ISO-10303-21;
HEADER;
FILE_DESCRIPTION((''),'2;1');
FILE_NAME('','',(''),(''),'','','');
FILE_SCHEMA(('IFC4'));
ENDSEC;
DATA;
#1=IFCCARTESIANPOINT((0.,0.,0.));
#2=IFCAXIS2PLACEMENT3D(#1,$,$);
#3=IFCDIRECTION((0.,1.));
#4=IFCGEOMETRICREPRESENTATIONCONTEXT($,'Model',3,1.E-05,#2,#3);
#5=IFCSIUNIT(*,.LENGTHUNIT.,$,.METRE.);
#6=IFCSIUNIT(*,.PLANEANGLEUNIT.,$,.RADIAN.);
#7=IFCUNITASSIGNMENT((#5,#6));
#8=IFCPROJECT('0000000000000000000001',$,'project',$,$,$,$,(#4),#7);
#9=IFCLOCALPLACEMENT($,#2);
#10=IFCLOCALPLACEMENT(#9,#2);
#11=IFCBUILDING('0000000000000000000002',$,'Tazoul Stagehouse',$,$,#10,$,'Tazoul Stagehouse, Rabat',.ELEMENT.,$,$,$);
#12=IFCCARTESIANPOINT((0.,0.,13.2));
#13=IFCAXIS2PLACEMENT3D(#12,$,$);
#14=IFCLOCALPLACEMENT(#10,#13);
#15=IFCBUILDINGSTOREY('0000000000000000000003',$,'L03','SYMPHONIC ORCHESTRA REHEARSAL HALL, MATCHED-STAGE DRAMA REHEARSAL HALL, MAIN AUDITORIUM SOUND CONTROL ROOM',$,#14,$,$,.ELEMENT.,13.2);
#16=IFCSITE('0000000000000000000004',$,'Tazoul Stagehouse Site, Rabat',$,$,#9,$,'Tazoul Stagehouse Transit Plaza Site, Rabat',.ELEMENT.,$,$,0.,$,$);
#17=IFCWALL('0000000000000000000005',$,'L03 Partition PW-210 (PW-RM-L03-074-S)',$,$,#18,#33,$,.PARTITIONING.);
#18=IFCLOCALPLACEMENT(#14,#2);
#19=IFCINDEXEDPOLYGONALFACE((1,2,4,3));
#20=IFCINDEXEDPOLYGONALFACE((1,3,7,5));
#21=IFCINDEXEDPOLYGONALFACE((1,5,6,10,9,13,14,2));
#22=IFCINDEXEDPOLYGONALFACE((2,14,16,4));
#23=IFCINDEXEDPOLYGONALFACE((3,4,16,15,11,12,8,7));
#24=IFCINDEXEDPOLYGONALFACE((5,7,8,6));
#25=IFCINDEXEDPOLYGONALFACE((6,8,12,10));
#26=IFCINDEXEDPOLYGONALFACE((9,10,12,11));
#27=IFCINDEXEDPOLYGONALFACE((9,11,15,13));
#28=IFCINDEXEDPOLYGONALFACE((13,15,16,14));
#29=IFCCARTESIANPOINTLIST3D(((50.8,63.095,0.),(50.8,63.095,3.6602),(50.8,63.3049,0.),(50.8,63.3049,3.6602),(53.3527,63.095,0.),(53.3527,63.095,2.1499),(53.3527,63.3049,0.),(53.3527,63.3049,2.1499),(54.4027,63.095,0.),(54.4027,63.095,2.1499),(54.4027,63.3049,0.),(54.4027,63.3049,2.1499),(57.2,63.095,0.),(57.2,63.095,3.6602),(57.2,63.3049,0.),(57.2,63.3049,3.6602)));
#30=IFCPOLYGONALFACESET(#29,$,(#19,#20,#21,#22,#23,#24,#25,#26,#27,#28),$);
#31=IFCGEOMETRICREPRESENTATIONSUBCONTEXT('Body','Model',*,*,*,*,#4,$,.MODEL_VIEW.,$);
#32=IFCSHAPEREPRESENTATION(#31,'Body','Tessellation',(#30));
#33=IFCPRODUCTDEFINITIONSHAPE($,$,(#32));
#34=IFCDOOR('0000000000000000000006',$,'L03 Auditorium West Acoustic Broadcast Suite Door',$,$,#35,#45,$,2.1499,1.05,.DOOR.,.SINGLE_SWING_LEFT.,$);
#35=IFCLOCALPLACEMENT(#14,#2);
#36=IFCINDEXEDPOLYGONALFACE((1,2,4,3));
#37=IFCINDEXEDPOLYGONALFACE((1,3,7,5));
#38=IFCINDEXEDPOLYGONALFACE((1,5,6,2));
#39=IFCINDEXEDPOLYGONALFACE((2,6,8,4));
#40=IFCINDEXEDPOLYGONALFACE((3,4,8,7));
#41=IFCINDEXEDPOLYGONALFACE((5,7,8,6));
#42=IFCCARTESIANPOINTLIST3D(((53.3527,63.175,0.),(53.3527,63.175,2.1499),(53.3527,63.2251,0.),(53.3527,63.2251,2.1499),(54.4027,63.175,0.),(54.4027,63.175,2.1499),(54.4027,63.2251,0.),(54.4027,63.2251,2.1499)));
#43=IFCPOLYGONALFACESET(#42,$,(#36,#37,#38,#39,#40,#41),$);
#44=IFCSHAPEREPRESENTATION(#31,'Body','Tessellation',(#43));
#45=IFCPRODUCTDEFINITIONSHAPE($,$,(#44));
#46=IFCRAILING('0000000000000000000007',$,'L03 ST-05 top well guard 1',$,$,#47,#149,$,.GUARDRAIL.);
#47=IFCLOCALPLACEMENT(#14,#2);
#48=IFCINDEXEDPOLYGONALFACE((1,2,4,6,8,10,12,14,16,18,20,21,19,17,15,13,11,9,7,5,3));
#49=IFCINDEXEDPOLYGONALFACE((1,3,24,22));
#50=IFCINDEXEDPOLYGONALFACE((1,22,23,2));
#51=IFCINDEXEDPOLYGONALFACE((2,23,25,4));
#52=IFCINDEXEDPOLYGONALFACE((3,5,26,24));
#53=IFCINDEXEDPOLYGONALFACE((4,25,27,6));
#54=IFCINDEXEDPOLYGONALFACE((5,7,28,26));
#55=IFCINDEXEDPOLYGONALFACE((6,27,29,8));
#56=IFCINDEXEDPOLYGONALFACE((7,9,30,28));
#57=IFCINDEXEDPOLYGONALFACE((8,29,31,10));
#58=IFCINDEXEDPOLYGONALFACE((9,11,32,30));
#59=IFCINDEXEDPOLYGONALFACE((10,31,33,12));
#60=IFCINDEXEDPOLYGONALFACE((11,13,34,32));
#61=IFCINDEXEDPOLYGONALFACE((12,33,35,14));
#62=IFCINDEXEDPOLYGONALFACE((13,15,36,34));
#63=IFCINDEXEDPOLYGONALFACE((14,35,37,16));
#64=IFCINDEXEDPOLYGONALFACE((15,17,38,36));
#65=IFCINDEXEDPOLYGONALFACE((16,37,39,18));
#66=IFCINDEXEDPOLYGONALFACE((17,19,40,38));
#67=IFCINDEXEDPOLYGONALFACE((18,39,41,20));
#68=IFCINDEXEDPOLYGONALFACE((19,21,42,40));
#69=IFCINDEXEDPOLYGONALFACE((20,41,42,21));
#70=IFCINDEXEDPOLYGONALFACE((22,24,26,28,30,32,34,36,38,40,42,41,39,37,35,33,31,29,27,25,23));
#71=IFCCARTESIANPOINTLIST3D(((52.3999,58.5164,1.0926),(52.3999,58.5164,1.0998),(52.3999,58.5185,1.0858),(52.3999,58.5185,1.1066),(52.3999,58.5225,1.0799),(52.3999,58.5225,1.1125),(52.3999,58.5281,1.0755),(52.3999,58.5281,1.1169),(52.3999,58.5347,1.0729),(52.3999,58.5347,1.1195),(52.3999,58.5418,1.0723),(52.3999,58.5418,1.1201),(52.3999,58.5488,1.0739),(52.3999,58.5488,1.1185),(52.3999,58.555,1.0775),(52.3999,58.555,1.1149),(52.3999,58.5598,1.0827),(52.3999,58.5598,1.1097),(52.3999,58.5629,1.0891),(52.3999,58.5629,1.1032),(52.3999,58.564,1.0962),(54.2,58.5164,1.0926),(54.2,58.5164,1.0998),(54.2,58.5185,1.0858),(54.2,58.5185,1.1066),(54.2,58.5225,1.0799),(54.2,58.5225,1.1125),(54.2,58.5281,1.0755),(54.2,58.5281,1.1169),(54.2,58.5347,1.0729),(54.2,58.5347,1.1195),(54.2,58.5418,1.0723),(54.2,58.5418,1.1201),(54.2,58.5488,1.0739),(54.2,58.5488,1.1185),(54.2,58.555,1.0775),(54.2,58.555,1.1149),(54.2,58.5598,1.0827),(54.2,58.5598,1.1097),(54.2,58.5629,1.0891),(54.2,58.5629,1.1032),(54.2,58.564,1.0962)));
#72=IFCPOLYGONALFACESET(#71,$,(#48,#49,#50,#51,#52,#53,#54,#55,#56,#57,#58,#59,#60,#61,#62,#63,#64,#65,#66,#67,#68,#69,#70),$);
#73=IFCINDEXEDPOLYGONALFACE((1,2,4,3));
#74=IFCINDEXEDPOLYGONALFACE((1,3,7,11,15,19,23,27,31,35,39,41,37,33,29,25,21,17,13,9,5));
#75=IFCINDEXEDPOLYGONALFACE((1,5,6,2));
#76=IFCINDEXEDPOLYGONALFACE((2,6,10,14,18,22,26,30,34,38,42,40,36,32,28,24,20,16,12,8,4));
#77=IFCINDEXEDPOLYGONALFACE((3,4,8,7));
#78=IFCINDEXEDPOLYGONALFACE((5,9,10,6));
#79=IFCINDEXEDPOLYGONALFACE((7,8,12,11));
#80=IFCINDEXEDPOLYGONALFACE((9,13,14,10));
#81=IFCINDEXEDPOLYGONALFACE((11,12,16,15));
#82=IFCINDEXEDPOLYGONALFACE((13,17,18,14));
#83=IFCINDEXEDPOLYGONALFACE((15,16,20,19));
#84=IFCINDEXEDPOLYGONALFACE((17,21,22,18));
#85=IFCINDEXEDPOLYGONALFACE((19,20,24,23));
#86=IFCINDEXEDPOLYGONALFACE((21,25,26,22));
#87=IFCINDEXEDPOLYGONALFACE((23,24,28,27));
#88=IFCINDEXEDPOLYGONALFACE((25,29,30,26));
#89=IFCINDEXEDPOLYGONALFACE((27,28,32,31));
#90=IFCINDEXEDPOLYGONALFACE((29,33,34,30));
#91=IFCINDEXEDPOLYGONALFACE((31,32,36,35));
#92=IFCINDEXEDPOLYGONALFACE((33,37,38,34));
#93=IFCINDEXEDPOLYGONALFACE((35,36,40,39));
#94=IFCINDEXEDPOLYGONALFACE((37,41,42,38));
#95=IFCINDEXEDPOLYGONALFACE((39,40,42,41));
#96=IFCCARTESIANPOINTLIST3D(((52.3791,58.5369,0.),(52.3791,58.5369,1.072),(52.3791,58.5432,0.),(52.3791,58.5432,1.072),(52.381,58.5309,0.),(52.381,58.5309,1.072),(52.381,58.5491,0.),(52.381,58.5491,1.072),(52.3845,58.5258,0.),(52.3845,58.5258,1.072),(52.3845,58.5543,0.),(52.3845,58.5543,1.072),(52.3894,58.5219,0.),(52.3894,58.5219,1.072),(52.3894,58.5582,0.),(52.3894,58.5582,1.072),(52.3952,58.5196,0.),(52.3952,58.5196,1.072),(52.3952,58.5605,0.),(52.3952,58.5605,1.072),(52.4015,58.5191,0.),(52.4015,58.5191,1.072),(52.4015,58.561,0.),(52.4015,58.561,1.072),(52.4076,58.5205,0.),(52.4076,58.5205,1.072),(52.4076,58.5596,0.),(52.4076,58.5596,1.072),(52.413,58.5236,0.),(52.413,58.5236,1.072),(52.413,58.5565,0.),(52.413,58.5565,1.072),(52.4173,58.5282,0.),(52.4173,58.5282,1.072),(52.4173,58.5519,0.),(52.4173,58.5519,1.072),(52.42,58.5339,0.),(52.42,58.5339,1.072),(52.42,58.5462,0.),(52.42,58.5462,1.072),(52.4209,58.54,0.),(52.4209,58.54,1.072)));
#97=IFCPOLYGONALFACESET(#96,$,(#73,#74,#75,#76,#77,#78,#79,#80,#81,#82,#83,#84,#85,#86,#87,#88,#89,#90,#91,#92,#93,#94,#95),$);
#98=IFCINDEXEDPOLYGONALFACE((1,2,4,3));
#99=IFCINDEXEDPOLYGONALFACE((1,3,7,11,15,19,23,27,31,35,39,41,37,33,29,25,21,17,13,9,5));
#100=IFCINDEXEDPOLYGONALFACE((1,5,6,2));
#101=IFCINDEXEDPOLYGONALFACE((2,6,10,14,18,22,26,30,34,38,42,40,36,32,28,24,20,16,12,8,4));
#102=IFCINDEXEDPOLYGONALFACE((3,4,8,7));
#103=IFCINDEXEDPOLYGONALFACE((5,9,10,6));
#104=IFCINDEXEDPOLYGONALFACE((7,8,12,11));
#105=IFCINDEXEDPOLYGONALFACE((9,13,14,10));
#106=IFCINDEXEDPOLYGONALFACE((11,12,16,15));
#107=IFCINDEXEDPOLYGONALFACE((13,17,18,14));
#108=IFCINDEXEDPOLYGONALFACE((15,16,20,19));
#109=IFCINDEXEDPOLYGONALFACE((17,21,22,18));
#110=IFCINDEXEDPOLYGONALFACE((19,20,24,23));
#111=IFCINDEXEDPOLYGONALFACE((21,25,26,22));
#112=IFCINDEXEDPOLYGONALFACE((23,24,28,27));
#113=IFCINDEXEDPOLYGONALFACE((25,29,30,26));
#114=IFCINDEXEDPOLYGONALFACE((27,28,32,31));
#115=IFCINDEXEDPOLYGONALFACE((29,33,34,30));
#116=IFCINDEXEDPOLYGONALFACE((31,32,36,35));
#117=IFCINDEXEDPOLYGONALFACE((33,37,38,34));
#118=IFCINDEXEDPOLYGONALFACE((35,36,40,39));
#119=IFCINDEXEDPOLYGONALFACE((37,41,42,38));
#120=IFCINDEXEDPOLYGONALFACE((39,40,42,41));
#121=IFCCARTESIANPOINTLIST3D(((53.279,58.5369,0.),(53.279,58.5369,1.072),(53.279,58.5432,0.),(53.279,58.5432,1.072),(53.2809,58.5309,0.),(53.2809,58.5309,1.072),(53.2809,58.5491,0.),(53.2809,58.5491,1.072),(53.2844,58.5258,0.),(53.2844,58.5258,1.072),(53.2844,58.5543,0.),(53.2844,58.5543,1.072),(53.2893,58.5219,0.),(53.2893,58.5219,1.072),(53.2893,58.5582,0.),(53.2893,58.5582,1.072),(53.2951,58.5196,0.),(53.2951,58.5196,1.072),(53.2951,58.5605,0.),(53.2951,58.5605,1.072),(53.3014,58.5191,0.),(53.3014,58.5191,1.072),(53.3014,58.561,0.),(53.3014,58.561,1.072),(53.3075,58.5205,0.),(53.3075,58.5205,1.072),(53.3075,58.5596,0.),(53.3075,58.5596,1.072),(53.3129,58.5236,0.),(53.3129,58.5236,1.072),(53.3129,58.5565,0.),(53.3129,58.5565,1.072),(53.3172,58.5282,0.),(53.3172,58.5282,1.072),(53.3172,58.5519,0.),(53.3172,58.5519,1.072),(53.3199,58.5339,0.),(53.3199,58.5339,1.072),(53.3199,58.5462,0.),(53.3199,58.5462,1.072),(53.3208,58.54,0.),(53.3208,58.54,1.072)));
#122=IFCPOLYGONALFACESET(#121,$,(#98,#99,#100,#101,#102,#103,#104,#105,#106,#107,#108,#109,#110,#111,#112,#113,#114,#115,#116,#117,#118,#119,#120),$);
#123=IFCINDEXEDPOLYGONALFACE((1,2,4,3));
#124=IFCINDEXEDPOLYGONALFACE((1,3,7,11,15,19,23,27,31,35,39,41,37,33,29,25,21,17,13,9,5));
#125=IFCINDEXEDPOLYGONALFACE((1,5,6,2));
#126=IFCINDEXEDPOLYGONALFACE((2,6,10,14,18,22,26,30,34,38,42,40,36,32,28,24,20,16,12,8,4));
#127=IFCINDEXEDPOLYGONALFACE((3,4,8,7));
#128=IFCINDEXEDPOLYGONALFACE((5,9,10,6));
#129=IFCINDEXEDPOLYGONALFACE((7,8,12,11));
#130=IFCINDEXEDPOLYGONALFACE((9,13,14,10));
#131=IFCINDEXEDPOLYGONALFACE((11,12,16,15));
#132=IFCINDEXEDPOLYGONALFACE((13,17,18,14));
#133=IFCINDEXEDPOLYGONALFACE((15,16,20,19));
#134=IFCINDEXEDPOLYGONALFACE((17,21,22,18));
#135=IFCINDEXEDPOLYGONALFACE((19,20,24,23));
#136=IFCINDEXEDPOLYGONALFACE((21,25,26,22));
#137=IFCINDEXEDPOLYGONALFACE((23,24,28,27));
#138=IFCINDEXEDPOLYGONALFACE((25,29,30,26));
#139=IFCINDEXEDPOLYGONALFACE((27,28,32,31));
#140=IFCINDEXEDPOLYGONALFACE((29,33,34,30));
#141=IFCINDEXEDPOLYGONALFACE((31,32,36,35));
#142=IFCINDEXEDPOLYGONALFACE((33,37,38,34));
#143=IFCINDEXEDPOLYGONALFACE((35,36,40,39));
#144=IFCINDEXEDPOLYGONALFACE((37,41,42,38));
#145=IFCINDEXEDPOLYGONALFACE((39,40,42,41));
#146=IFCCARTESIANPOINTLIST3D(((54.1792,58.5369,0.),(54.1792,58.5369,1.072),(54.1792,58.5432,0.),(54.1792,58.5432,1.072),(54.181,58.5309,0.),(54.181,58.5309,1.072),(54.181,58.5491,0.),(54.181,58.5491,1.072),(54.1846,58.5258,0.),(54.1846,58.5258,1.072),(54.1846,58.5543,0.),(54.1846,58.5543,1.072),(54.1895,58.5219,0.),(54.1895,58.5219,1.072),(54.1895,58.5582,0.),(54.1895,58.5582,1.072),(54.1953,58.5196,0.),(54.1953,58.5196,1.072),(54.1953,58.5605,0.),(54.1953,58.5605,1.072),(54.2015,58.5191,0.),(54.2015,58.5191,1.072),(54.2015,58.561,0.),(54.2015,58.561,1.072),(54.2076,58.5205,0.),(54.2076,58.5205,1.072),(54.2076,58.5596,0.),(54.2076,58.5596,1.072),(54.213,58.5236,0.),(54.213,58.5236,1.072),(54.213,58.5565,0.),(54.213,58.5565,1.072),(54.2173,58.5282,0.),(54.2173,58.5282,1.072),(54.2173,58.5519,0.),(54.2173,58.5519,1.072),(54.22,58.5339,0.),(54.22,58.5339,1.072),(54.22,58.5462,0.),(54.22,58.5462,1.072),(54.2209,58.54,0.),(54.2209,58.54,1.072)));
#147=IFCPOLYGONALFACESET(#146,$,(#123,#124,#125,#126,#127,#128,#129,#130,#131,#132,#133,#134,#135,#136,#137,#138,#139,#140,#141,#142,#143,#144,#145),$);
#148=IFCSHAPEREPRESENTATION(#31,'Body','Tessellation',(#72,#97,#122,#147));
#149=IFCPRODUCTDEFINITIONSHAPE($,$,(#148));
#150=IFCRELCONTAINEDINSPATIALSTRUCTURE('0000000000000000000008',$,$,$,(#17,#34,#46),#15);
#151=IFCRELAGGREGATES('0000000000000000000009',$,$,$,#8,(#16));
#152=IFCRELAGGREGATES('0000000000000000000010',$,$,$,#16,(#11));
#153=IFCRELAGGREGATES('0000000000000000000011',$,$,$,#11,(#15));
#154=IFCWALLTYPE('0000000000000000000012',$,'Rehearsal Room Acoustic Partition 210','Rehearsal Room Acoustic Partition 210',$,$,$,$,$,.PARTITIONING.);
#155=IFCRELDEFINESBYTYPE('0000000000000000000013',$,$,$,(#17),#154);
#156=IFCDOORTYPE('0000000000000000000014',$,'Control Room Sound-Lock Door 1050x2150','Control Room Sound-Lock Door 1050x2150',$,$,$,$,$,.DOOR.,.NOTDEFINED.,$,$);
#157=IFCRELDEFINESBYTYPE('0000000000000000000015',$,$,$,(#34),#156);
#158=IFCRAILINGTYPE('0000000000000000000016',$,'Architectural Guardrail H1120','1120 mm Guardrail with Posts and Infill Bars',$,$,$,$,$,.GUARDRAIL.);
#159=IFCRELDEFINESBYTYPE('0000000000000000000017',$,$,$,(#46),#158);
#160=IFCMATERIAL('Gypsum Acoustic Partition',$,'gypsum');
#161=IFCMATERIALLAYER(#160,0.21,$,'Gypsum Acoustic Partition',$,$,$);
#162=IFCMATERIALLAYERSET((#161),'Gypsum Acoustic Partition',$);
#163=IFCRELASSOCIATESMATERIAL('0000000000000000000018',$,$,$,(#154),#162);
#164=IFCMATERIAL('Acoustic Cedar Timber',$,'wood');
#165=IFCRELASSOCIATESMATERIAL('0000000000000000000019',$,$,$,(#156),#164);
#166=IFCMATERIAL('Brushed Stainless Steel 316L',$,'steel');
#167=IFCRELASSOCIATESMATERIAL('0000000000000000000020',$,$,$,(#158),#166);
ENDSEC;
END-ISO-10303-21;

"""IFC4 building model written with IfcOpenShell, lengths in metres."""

from ifc_helpers import new_model, si_unit, direction, frame, frame_2d, origin, origin_2d, place, context, subcontext, project, spatial, rectangle, circle, extrude, material, layer, layer_set, material_profile, profile_set, type_object, element, fill, save


model = new_model("IFC4")

# Units and contexts
model_context = context("Model", 3, precision=1e-05, world=origin(), true_north=direction((0.0, 1.0)))
body_context = subcontext(model_context, "Body", "Model", "MODEL_VIEW")
ifc_project = project(units=[si_unit("LENGTHUNIT", "METRE"), si_unit("PLANEANGLEUNIT", "RADIAN")], contexts=[model_context])

# Site, building, storey
site_placement = place(None, origin())
site = spatial("IfcSite", under=ifc_project, at=site_placement, Name="Tazoul Stagehouse Site, Rabat", LongName="Tazoul Stagehouse Transit Plaza Site, Rabat", CompositionType="ELEMENT", RefElevation=0.0)
building_placement = place(site_placement, origin())
building = spatial("IfcBuilding", under=site, at=building_placement, Name="Tazoul Stagehouse", LongName="Tazoul Stagehouse, Rabat", CompositionType="ELEMENT")
storey_placement = place(building_placement, frame((0.0, 0.0, 13.2)))
storey = spatial("IfcBuildingStorey", under=building, at=storey_placement, Name="L03", Description="SYMPHONIC ORCHESTRA REHEARSAL HALL, MATCHED-STAGE DRAMA REHEARSAL HALL, MAIN AUDITORIUM SOUND CONTROL ROOM", CompositionType="ELEMENT", Elevation=13.2)

# Wall, opening, door
ifc_material_1 = material(Name="Gypsum Acoustic Partition", Category="gypsum")
ifc_layer_1 = layer(ifc_material_1, 0.21, Name="Gypsum Acoustic Partition")
ifc_layer_set_1 = layer_set([ifc_layer_1], Name="Gypsum Acoustic Partition")
wall_type_1 = type_object("IfcWallType", Name="Rehearsal Room Acoustic Partition 210", Description="Rehearsal Room Acoustic Partition 210", PredefinedType="PARTITIONING", material=ifc_layer_set_1)
wall_1_placement = place(storey_placement, frame((57.2, 63.2, 0.0), z_axis=(0.0, 0.0, 1.0), x_axis=(-1.0, 0.0, 0.0)))
wall_1 = element("IfcWall", 1, at=wall_1_placement, inside=storey, type_object=wall_type_1, Name="L03 Partition PW-210 (PW-RM-L03-074-S)", PredefinedType="PARTITIONING", context=body_context, shape_type="SweptSolid", body=[
    extrude(rectangle(XDim=6.3999, YDim=0.21, at=frame_2d((3.2, 0.0))), origin(), (0.0, 0.0, 1.0), 3.6602),
])
opening_1_placement = place(wall_1_placement, frame((2.7974, 0.0, 0.0)))
opening_1 = element("IfcOpeningElement", 2, at=opening_1_placement, cuts=wall_1, PredefinedType="OPENING", context=body_context, shape_type="SweptSolid", body=[
    extrude(rectangle(XDim=1.05, YDim=2.1499, at=frame_2d((0.5249, 1.075))), frame((0.0, 0.125, 0.0), z_axis=(0.0, -1.0, 0.0), x_axis=(1.0, 0.0, 0.0)), (0.0, 0.0, 1.0), 0.25),
])
ifc_material_2 = material(Name="Acoustic Cedar Timber", Category="wood")
door_type_1 = type_object("IfcDoorType", Name="Control Room Sound-Lock Door 1050x2150", Description="Control Room Sound-Lock Door 1050x2150", OperationType="NOTDEFINED", PredefinedType="DOOR", material=ifc_material_2)
door_1_placement = place(opening_1_placement, origin())
door_1 = element("IfcDoor", 3, at=door_1_placement, inside=storey, type_object=door_type_1, Name="L03 Auditorium West Acoustic Broadcast Suite Door", OperationType="SINGLE_SWING_LEFT", OverallHeight=2.1499, OverallWidth=1.05, PredefinedType="DOOR", context=body_context, shape_type="SweptSolid", body=[
    extrude(rectangle(XDim=1.05, YDim=2.1499, at=frame_2d((0.5249, 1.075))), frame((0.0, 0.0249, 0.0), z_axis=(0.0, -1.0, 0.0), x_axis=(1.0, 0.0, 0.0)), (0.0, 0.0, 1.0), 0.05),
])
fill(opening_1, door_1)

# Railing
ifc_material_3 = material(Name="Brushed Stainless Steel 316L", Category="steel")
ifc_material_profile_1 = material_profile(ifc_material_3, circle(Radius=0.0239, at=origin_2d()), Name="SS RAIL D48")
ifc_profile_set_1 = profile_set([ifc_material_profile_1], Name="Brushed Stainless Steel 316L")
railing_type = type_object("IfcRailingType", Name="Architectural Guardrail H1120", Description="1120 mm Guardrail with Posts and Infill Bars", PredefinedType="GUARDRAIL", material=ifc_profile_set_1)
railing_1_placement = place(storey_placement, frame((52.3999, 58.54, 0.0)))
element("IfcRailing", 4, at=railing_1_placement, inside=storey, type_object=railing_type, Name="L03 ST-05 top well guard 1", PredefinedType="GUARDRAIL", context=body_context, shape_type="SweptSolid", body=[
    extrude(circle(Radius=0.0239, at=origin_2d()), frame((0.0, 0.0, 1.0962), z_axis=(1.0, 0.0, 0.0), x_axis=(0.0, 1.0, 0.0)), (0.0, 0.0, 1.0), 1.8),
    extrude(circle(Radius=0.021, at=origin_2d()), origin(), (0.0, 0.0, 1.0), 1.072),
    extrude(circle(Radius=0.021, at=origin_2d()), frame((0.8999, 0.0, 0.0)), (0.0, 0.0, 1.0), 1.072),
    extrude(circle(Radius=0.021, at=origin_2d()), frame((1.8, 0.0, 0.0)), (0.0, 0.0, 1.0), 1.072),
])

save(model, "model.ifc")
